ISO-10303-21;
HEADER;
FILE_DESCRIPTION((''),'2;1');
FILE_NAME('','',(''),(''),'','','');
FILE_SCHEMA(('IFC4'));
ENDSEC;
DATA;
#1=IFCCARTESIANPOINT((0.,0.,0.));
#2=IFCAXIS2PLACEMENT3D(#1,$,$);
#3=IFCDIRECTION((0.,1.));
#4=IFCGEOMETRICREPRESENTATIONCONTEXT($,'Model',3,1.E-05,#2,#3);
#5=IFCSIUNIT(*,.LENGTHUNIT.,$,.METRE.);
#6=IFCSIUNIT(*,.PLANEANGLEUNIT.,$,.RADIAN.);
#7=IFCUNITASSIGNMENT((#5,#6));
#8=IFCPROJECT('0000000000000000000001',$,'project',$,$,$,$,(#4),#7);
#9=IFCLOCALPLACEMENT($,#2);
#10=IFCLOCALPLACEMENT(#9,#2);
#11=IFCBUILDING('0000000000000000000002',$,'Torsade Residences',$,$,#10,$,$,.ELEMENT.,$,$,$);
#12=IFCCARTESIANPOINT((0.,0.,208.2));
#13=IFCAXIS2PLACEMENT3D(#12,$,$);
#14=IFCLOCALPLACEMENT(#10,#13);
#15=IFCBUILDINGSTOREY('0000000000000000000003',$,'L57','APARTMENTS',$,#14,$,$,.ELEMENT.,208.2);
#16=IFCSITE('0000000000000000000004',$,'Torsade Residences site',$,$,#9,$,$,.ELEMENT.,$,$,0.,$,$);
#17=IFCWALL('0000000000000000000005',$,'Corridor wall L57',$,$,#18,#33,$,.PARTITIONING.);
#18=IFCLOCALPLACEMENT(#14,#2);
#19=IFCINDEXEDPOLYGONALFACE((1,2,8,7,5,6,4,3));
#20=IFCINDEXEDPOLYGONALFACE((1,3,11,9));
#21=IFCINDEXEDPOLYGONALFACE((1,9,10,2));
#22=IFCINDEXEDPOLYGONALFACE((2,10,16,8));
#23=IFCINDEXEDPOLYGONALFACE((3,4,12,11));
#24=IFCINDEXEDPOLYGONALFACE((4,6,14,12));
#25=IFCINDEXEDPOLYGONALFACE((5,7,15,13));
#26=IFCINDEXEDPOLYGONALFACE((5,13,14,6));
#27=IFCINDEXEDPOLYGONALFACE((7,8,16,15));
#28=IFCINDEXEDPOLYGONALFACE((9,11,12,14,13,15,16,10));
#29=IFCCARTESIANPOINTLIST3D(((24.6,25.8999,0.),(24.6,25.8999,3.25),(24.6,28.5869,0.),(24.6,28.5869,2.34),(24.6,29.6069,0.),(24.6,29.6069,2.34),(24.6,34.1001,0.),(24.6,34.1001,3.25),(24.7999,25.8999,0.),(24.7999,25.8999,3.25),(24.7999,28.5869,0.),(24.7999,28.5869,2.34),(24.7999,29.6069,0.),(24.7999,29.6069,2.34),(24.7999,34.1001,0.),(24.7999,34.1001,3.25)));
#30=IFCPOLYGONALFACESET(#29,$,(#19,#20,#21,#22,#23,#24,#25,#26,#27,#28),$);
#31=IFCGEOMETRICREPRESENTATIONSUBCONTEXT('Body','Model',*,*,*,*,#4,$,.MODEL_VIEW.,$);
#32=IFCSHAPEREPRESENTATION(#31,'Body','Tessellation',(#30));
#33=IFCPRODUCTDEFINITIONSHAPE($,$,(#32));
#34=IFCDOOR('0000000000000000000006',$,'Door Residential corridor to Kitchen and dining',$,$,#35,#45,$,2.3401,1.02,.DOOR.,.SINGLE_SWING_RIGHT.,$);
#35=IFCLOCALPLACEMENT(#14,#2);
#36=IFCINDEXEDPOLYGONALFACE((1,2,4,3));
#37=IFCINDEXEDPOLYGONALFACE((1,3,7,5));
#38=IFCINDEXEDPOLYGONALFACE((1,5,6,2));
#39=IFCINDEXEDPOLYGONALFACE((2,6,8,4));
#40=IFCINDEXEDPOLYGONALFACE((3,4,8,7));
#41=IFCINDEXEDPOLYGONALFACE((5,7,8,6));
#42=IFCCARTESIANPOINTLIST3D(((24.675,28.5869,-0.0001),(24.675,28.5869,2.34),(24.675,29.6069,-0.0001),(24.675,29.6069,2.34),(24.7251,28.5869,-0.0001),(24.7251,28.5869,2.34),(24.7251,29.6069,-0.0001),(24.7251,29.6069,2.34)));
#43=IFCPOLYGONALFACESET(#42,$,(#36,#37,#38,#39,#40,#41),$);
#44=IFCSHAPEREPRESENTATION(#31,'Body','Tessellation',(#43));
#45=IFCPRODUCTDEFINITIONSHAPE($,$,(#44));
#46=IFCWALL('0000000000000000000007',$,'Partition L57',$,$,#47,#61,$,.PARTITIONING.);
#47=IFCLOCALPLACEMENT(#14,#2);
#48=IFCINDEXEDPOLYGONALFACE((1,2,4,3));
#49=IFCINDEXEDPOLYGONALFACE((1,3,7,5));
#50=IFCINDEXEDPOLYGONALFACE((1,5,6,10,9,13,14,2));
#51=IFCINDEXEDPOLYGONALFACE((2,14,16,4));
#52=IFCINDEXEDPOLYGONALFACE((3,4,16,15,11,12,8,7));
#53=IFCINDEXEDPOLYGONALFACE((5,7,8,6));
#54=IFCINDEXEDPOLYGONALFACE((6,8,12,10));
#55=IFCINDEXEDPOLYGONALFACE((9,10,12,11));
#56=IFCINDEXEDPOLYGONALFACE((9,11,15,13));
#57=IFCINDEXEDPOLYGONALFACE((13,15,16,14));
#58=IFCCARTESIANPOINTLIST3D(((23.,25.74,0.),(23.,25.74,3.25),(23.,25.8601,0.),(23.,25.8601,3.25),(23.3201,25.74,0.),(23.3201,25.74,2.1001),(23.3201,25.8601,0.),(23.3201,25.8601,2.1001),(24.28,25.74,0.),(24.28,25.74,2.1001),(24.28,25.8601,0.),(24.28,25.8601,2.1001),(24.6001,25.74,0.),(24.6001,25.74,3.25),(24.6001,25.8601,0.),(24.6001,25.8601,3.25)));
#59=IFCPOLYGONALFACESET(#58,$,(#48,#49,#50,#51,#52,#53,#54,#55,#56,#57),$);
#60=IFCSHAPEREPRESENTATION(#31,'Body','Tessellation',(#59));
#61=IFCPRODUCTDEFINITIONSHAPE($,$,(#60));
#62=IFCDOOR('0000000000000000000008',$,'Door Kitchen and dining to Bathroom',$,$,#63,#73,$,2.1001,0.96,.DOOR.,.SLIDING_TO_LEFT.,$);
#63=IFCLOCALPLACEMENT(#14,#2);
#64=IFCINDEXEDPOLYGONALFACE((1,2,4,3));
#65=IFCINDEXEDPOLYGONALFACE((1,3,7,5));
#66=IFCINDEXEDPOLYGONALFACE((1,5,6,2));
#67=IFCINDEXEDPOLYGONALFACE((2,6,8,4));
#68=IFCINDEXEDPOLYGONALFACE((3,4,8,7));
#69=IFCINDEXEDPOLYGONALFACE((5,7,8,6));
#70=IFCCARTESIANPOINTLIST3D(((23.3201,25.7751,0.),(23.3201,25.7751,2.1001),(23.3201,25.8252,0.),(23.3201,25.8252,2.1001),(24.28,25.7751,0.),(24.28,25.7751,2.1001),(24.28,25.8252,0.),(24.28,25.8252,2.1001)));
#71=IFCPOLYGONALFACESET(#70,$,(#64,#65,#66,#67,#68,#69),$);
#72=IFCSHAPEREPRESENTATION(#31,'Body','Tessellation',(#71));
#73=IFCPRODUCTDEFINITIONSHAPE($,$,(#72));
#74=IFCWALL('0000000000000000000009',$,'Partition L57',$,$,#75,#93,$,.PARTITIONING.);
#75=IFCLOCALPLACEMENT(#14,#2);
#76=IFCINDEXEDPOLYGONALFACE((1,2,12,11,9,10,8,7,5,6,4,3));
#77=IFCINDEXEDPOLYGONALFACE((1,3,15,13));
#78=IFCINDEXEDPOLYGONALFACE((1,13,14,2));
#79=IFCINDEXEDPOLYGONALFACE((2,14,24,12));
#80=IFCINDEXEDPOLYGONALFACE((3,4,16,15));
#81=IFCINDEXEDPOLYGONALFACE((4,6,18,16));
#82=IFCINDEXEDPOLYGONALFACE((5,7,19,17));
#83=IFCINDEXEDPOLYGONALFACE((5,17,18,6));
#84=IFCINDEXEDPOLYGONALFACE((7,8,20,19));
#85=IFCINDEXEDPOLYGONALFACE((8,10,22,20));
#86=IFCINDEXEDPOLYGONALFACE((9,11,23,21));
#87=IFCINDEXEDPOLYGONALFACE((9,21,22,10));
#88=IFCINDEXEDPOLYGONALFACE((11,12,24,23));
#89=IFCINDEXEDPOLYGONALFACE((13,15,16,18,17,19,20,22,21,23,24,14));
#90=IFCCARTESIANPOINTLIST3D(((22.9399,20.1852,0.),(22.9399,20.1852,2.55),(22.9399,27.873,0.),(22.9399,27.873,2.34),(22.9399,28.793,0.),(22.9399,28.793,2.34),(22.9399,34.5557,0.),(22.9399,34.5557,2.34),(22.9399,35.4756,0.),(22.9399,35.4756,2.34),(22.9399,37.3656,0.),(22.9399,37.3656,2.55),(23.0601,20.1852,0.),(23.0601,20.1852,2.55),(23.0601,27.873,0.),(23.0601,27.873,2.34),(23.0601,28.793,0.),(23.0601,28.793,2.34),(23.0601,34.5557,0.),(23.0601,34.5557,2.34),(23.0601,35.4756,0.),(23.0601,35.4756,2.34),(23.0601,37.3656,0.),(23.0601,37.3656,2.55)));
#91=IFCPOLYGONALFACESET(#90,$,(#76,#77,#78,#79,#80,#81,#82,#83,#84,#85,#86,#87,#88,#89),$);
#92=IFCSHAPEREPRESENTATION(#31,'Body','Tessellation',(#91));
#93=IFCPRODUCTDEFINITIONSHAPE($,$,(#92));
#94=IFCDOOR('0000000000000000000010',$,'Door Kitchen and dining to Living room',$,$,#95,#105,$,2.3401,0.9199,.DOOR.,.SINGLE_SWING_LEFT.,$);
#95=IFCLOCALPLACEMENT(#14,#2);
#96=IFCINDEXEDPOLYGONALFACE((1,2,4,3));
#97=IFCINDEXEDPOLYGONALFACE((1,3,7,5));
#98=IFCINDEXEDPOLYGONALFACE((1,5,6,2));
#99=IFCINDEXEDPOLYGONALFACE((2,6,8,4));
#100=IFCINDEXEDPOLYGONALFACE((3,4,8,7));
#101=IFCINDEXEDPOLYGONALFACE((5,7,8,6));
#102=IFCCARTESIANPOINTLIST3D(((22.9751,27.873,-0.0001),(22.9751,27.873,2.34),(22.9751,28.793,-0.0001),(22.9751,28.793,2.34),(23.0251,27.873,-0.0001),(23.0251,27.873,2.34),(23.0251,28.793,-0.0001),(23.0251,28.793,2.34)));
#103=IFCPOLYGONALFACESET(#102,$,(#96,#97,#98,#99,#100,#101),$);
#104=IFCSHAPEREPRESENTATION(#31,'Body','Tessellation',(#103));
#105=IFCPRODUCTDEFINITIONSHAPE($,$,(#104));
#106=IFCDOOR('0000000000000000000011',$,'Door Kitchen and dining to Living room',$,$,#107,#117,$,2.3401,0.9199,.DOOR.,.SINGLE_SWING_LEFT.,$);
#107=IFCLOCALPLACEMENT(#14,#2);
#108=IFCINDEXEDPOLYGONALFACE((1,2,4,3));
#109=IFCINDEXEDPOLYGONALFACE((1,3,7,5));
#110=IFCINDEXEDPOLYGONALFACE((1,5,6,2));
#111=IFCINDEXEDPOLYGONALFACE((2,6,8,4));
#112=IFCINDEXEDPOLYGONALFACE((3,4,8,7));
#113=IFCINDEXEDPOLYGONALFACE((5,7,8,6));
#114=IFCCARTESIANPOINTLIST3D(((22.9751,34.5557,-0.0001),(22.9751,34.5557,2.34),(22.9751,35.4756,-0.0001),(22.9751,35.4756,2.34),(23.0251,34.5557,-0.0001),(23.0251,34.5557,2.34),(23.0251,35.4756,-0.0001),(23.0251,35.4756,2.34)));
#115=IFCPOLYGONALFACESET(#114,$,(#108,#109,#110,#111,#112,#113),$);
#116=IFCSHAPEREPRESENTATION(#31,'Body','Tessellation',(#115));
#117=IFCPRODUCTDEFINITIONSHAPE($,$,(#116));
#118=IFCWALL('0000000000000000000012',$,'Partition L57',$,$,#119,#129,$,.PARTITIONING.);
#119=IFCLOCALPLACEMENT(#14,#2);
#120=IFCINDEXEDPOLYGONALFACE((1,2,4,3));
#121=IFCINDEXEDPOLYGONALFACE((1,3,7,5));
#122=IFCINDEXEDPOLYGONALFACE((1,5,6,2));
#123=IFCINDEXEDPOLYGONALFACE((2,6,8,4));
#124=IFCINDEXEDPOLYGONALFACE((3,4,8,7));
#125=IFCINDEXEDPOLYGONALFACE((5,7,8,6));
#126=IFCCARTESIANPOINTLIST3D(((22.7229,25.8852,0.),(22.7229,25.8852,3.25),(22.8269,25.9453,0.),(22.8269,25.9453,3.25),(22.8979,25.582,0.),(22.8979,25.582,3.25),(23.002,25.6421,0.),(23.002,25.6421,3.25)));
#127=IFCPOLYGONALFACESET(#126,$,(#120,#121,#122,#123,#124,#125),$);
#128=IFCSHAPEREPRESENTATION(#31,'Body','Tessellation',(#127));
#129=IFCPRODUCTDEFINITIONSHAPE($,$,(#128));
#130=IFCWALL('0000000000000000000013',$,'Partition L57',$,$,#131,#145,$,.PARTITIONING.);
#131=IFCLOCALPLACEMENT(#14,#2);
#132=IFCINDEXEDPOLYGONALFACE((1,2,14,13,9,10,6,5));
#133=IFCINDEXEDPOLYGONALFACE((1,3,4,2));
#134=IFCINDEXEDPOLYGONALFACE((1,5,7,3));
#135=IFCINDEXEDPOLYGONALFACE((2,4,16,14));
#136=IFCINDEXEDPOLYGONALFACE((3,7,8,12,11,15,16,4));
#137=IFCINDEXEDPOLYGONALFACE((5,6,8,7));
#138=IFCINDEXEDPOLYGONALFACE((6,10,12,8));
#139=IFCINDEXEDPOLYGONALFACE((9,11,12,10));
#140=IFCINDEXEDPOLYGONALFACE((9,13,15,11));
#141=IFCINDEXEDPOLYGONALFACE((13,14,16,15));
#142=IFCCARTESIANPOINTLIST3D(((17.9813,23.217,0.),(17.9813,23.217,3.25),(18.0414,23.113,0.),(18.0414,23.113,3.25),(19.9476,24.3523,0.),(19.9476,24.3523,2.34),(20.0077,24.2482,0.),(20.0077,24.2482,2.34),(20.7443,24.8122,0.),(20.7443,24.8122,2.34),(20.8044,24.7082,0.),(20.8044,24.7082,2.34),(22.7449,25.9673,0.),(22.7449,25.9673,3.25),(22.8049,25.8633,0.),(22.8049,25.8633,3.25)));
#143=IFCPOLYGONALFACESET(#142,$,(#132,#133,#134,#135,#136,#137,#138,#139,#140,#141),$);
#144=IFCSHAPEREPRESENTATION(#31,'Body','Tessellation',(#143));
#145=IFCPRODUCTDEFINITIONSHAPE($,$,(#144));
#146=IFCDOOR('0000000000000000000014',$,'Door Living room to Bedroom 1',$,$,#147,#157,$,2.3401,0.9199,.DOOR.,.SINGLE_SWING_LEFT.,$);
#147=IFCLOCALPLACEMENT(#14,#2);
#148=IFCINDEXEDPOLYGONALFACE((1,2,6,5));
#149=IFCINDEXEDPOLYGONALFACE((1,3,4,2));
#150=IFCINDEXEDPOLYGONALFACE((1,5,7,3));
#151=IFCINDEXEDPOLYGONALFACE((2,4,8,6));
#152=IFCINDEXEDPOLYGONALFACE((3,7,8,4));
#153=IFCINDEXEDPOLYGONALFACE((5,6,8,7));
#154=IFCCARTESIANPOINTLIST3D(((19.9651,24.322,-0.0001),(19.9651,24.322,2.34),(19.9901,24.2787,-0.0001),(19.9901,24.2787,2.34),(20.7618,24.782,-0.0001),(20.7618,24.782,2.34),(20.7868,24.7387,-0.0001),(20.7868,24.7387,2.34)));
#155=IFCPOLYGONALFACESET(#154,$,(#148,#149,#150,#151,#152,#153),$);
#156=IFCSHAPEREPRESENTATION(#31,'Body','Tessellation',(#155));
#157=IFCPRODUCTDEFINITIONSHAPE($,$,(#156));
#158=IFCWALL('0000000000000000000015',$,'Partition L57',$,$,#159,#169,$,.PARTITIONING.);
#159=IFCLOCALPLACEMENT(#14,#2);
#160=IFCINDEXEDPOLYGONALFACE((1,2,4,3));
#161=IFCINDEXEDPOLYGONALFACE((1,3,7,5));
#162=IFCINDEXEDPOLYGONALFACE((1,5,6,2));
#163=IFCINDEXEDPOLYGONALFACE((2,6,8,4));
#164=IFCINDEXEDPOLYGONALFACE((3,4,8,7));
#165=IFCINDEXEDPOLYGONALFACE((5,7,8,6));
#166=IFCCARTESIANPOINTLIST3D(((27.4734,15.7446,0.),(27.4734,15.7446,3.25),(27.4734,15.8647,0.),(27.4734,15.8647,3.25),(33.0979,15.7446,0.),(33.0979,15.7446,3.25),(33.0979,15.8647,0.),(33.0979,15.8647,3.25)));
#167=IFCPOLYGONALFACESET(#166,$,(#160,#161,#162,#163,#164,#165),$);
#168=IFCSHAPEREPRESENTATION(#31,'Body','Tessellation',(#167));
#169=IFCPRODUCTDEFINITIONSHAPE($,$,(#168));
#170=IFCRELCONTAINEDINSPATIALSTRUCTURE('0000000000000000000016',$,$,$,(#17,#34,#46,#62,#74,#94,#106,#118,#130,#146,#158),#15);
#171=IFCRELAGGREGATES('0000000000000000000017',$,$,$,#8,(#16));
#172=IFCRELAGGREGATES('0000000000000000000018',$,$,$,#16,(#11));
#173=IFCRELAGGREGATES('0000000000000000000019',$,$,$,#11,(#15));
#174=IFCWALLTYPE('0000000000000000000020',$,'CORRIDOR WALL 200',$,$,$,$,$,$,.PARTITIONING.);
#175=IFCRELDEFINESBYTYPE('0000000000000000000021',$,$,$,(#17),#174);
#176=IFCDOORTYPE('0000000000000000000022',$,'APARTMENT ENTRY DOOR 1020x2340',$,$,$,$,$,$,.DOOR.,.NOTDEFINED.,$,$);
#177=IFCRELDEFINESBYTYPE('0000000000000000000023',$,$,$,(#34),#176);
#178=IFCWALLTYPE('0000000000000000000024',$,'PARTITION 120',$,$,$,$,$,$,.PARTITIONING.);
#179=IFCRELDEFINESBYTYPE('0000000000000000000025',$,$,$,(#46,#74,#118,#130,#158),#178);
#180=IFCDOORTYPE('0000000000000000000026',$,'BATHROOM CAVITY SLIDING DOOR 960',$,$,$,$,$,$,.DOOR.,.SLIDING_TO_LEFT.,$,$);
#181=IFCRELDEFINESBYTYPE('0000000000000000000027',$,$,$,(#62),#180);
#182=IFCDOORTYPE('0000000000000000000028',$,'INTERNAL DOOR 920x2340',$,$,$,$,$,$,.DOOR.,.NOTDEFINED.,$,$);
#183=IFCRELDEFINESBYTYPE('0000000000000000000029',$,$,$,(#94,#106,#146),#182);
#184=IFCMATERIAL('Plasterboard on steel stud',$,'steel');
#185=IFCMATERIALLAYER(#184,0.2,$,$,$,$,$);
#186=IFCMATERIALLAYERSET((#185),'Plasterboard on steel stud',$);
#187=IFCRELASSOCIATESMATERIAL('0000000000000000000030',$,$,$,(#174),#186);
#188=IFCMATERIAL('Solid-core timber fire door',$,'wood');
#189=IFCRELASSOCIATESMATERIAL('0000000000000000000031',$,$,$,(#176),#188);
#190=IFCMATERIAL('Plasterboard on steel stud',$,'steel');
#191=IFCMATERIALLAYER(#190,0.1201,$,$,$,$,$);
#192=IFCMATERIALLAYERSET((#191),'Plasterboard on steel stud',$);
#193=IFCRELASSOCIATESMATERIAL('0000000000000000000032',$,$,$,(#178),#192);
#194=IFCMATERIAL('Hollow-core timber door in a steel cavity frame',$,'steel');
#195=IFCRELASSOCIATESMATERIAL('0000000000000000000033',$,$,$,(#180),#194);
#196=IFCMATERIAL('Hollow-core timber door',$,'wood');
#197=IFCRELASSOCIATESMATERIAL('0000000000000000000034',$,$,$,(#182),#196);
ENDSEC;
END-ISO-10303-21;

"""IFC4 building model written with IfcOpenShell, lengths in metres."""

from ifc_helpers import new_model, si_unit, direction, frame, frame_2d, origin, place, context, subcontext, project, spatial, rectangle, extrude, material, layer, layer_set, type_object, element, fill, save


model = new_model("IFC4")

# Units and contexts
model_context = context("Model", 3, precision=1e-05, world=origin(), true_north=direction((0.0, 1.0)))
body_context = subcontext(model_context, "Body", "Model", "MODEL_VIEW")
ifc_project = project(units=[si_unit("LENGTHUNIT", "METRE"), si_unit("PLANEANGLEUNIT", "RADIAN")], contexts=[model_context])

# Site, building, storey
site_placement = place(None, origin())
site = spatial("IfcSite", under=ifc_project, at=site_placement, Name="Torsade Residences site", CompositionType="ELEMENT", RefElevation=0.0)
building_placement = place(site_placement, origin())
building = spatial("IfcBuilding", under=site, at=building_placement, Name="Torsade Residences", CompositionType="ELEMENT")
storey_placement = place(building_placement, frame((0.0, 0.0, 208.2)))
storey = spatial("IfcBuildingStorey", under=building, at=storey_placement, Name="L57", Description="APARTMENTS", CompositionType="ELEMENT", Elevation=208.2)

# Walls, openings, doors
ifc_material_1 = material(Name="Plasterboard on steel stud", Category="steel")
ifc_layer_1 = layer(ifc_material_1, 0.2)
ifc_layer_set_1 = layer_set([ifc_layer_1], Name="Plasterboard on steel stud")
wall_type_1 = type_object("IfcWallType", Name="CORRIDOR WALL 200", PredefinedType="PARTITIONING", material=ifc_layer_set_1)
wall_1_placement = place(storey_placement, frame((24.7, 25.8999, 0.0), z_axis=(0.0, 0.0, 1.0), x_axis=(0.0, 1.0, 0.0)))
wall_1 = element("IfcWall", 1, at=wall_1_placement, inside=storey, type_object=wall_type_1, Name="Corridor wall L57", PredefinedType="PARTITIONING", context=body_context, shape_type="SweptSolid", body=[
    extrude(rectangle(XDim=8.2002, YDim=0.2, at=frame_2d((4.1001, 0.0))), origin(), (0.0, 0.0, 1.0), 3.25),
])
opening_1_placement = place(wall_1_placement, frame((2.687, 0.0, 0.0)))
opening_1 = element("IfcOpeningElement", 2, at=opening_1_placement, cuts=wall_1, PredefinedType="OPENING", context=body_context, shape_type="SweptSolid", body=[
    extrude(rectangle(XDim=1.02, YDim=2.3401, at=frame_2d((0.51, 1.1699))), frame((0.0, 0.1099, 0.0), z_axis=(0.0, -1.0, 0.0), x_axis=(1.0, 0.0, 0.0)), (0.0, 0.0, 1.0), 0.22),
])
ifc_material_2 = material(Name="Solid-core timber fire door", Category="wood")
door_type_1 = type_object("IfcDoorType", Name="APARTMENT ENTRY DOOR 1020x2340", OperationType="NOTDEFINED", PredefinedType="DOOR", material=ifc_material_2)
door_1_placement = place(opening_1_placement, origin())
door_1 = element("IfcDoor", 3, at=door_1_placement, inside=storey, type_object=door_type_1, Name="Door Residential corridor to Kitchen and dining", OperationType="SINGLE_SWING_RIGHT", OverallHeight=2.3401, OverallWidth=1.02, PredefinedType="DOOR", context=body_context, shape_type="SweptSolid", body=[
    extrude(rectangle(XDim=1.02, YDim=2.3401, at=frame_2d((0.51, 1.1699))), frame((0.0, 0.0249, 0.0), z_axis=(0.0, -1.0, 0.0), x_axis=(1.0, 0.0, 0.0)), (0.0, 0.0, 1.0), 0.05),
])
fill(opening_1, door_1)
ifc_material_3 = material(Name="Plasterboard on steel stud", Category="steel")
ifc_layer_2 = layer(ifc_material_3, 0.1201)
ifc_layer_set_2 = layer_set([ifc_layer_2], Name="Plasterboard on steel stud")
wall_type_2 = type_object("IfcWallType", Name="PARTITION 120", PredefinedType="PARTITIONING", material=ifc_layer_set_2)
wall_2_placement = place(storey_placement, frame((24.6001, 25.8, 0.0), z_axis=(0.0, 0.0, 1.0), x_axis=(-1.0, 0.0, 0.0)))
wall_2 = element("IfcWall", 4, at=wall_2_placement, inside=storey, type_object=wall_type_2, Name="Partition L57", PredefinedType="PARTITIONING", context=body_context, shape_type="SweptSolid", body=[
    extrude(rectangle(XDim=1.6001, YDim=0.1201, at=frame_2d((0.8, 0.0))), origin(), (0.0, 0.0, 1.0), 3.25),
])
opening_2_placement = place(wall_2_placement, frame((0.3201, 0.0, 0.0)))
opening_2 = element("IfcOpeningElement", 5, at=opening_2_placement, cuts=wall_2, PredefinedType="OPENING", context=body_context, shape_type="SweptSolid", body=[
    extrude(rectangle(XDim=0.96, YDim=2.1001, at=frame_2d((0.48, 1.05))), frame((0.0, 0.0701, 0.0), z_axis=(0.0, -1.0, 0.0), x_axis=(1.0, 0.0, 0.0)), (0.0, 0.0, 1.0), 0.1401),
])
ifc_material_4 = material(Name="Hollow-core timber door in a steel cavity frame", Category="steel")
door_type_2 = type_object("IfcDoorType", Name="BATHROOM CAVITY SLIDING DOOR 960", OperationType="SLIDING_TO_LEFT", PredefinedType="DOOR", material=ifc_material_4)
door_2_placement = place(opening_2_placement, origin())
door_2 = element("IfcDoor", 6, at=door_2_placement, inside=storey, type_object=door_type_2, Name="Door Kitchen and dining to Bathroom", OperationType="SLIDING_TO_LEFT", OverallHeight=2.1001, OverallWidth=0.96, PredefinedType="DOOR", context=body_context, shape_type="SweptSolid", body=[
    extrude(rectangle(XDim=0.96, YDim=2.1001, at=frame_2d((0.48, 1.05))), frame((0.0, 0.0249, 0.0), z_axis=(0.0, -1.0, 0.0), x_axis=(1.0, 0.0, 0.0)), (0.0, 0.0, 1.0), 0.05),
])
fill(opening_2, door_2)

# Wall, openings, doors
wall_3_placement = place(storey_placement, frame((23.0, 20.1851, 0.0), z_axis=(0.0, 0.0, 1.0), x_axis=(0.0, 1.0, 0.0)))
wall_3 = element("IfcWall", 7, at=wall_3_placement, inside=storey, type_object=wall_type_2, Name="Partition L57", PredefinedType="PARTITIONING", context=body_context, shape_type="SweptSolid", body=[
    extrude(rectangle(XDim=17.1804, YDim=0.1201, at=frame_2d((8.5903, 0.0))), origin(), (0.0, 0.0, 1.0), 2.55),
])
opening_3_placement = place(wall_3_placement, frame((7.688, 0.0, 0.0)))
opening_3 = element("IfcOpeningElement", 8, at=opening_3_placement, cuts=wall_3, PredefinedType="OPENING", context=body_context, shape_type="SweptSolid", body=[
    extrude(rectangle(XDim=0.9199, YDim=2.3401, at=frame_2d((0.46, 1.1699))), frame((0.0, 0.0701, 0.0), z_axis=(0.0, -1.0, 0.0), x_axis=(1.0, 0.0, 0.0)), (0.0, 0.0, 1.0), 0.1401),
])
opening_4_placement = place(wall_3_placement, frame((14.3706, 0.0, 0.0)))
opening_4 = element("IfcOpeningElement", 9, at=opening_4_placement, cuts=wall_3, PredefinedType="OPENING", context=body_context, shape_type="SweptSolid", body=[
    extrude(rectangle(XDim=0.9199, YDim=2.3401, at=frame_2d((0.46, 1.1699))), frame((0.0, 0.0701, 0.0), z_axis=(0.0, -1.0, 0.0), x_axis=(1.0, 0.0, 0.0)), (0.0, 0.0, 1.0), 0.1401),
])
ifc_material_5 = material(Name="Hollow-core timber door", Category="wood")
door_type_3 = type_object("IfcDoorType", Name="INTERNAL DOOR 920x2340", OperationType="NOTDEFINED", PredefinedType="DOOR", material=ifc_material_5)
door_3_placement = place(opening_3_placement, origin())
door_3 = element("IfcDoor", 10, at=door_3_placement, inside=storey, type_object=door_type_3, Name="Door Kitchen and dining to Living room", OperationType="SINGLE_SWING_LEFT", OverallHeight=2.3401, OverallWidth=0.9199, PredefinedType="DOOR", context=body_context, shape_type="SweptSolid", body=[
    extrude(rectangle(XDim=0.9199, YDim=2.3401, at=frame_2d((0.46, 1.1699))), frame((0.0, 0.0249, 0.0), z_axis=(0.0, -1.0, 0.0), x_axis=(1.0, 0.0, 0.0)), (0.0, 0.0, 1.0), 0.05),
])
fill(opening_3, door_3)
door_4_placement = place(opening_4_placement, origin())
door_4 = element("IfcDoor", 11, at=door_4_placement, inside=storey, type_object=door_type_3, Name="Door Kitchen and dining to Living room", OperationType="SINGLE_SWING_LEFT", OverallHeight=2.3401, OverallWidth=0.9199, PredefinedType="DOOR", context=body_context, shape_type="SweptSolid", body=[
    extrude(rectangle(XDim=0.9199, YDim=2.3401, at=frame_2d((0.46, 1.1699))), frame((0.0, 0.0249, 0.0), z_axis=(0.0, -1.0, 0.0), x_axis=(1.0, 0.0, 0.0)), (0.0, 0.0, 1.0), 0.05),
])
fill(opening_4, door_4)

# Wall
wall_4_placement = place(storey_placement, frame((22.95, 25.6121, 0.0), z_axis=(0.0, 0.0, 1.0), x_axis=(-0.499964, 0.866046, 0.0)))
element("IfcWall", 12, at=wall_4_placement, inside=storey, type_object=wall_type_2, Name="Partition L57", PredefinedType="PARTITIONING", context=body_context, shape_type="SweptSolid", body=[
    extrude(rectangle(XDim=0.3501, YDim=0.1201, at=frame_2d((0.175, 0.0))), origin(), (0.0, 0.0, 1.0), 3.25),
])

# Wall, opening, door
wall_5_placement = place(storey_placement, frame((22.7749, 25.9153, 0.0), z_axis=(0.0, 0.0, 1.0), x_axis=(-0.866019, -0.500011, 0.0)))
wall_5 = element("IfcWall", 13, at=wall_5_placement, inside=storey, type_object=wall_type_2, Name="Partition L57", PredefinedType="PARTITIONING", context=body_context, shape_type="SweptSolid", body=[
    extrude(rectangle(XDim=5.5005, YDim=0.1201, at=frame_2d((2.7502, 0.0))), origin(), (0.0, 0.0, 1.0), 3.25),
])
opening_5_placement = place(wall_5_placement, frame((2.3101, 0.0, 0.0)))
opening_5 = element("IfcOpeningElement", 14, at=opening_5_placement, cuts=wall_5, PredefinedType="OPENING", context=body_context, shape_type="SweptSolid", body=[
    extrude(rectangle(XDim=0.9199, YDim=2.3401, at=frame_2d((0.46, 1.1699))), frame((0.0, 0.0701, 0.0), z_axis=(0.0, -1.0, 0.0), x_axis=(1.0, 0.0, 0.0)), (0.0, 0.0, 1.0), 0.1401),
])
door_5_placement = place(opening_5_placement, origin())
door_5 = element("IfcDoor", 15, at=door_5_placement, inside=storey, type_object=door_type_3, Name="Door Living room to Bedroom 1", OperationType="SINGLE_SWING_LEFT", OverallHeight=2.3401, OverallWidth=0.9199, PredefinedType="DOOR", context=body_context, shape_type="SweptSolid", body=[
    extrude(rectangle(XDim=0.9199, YDim=2.3401, at=frame_2d((0.46, 1.1699))), frame((0.0, 0.0249, 0.0), z_axis=(0.0, -1.0, 0.0), x_axis=(1.0, 0.0, 0.0)), (0.0, 0.0, 1.0), 0.05),
])
fill(opening_5, door_5)

# Wall
wall_6_placement = place(storey_placement, frame((27.4734, 15.8047, 0.0), z_axis=(0.0, 0.0, 1.0), x_axis=(1.0, 0.0, 0.0)))
element("IfcWall", 16, at=wall_6_placement, inside=storey, type_object=wall_type_2, Name="Partition L57", PredefinedType="PARTITIONING", context=body_context, shape_type="SweptSolid", body=[
    extrude(rectangle(XDim=5.6245, YDim=0.1201, at=frame_2d((2.8123, 0.0))), origin(), (0.0, 0.0, 1.0), 3.25),
])

save(model, "model.ifc")
